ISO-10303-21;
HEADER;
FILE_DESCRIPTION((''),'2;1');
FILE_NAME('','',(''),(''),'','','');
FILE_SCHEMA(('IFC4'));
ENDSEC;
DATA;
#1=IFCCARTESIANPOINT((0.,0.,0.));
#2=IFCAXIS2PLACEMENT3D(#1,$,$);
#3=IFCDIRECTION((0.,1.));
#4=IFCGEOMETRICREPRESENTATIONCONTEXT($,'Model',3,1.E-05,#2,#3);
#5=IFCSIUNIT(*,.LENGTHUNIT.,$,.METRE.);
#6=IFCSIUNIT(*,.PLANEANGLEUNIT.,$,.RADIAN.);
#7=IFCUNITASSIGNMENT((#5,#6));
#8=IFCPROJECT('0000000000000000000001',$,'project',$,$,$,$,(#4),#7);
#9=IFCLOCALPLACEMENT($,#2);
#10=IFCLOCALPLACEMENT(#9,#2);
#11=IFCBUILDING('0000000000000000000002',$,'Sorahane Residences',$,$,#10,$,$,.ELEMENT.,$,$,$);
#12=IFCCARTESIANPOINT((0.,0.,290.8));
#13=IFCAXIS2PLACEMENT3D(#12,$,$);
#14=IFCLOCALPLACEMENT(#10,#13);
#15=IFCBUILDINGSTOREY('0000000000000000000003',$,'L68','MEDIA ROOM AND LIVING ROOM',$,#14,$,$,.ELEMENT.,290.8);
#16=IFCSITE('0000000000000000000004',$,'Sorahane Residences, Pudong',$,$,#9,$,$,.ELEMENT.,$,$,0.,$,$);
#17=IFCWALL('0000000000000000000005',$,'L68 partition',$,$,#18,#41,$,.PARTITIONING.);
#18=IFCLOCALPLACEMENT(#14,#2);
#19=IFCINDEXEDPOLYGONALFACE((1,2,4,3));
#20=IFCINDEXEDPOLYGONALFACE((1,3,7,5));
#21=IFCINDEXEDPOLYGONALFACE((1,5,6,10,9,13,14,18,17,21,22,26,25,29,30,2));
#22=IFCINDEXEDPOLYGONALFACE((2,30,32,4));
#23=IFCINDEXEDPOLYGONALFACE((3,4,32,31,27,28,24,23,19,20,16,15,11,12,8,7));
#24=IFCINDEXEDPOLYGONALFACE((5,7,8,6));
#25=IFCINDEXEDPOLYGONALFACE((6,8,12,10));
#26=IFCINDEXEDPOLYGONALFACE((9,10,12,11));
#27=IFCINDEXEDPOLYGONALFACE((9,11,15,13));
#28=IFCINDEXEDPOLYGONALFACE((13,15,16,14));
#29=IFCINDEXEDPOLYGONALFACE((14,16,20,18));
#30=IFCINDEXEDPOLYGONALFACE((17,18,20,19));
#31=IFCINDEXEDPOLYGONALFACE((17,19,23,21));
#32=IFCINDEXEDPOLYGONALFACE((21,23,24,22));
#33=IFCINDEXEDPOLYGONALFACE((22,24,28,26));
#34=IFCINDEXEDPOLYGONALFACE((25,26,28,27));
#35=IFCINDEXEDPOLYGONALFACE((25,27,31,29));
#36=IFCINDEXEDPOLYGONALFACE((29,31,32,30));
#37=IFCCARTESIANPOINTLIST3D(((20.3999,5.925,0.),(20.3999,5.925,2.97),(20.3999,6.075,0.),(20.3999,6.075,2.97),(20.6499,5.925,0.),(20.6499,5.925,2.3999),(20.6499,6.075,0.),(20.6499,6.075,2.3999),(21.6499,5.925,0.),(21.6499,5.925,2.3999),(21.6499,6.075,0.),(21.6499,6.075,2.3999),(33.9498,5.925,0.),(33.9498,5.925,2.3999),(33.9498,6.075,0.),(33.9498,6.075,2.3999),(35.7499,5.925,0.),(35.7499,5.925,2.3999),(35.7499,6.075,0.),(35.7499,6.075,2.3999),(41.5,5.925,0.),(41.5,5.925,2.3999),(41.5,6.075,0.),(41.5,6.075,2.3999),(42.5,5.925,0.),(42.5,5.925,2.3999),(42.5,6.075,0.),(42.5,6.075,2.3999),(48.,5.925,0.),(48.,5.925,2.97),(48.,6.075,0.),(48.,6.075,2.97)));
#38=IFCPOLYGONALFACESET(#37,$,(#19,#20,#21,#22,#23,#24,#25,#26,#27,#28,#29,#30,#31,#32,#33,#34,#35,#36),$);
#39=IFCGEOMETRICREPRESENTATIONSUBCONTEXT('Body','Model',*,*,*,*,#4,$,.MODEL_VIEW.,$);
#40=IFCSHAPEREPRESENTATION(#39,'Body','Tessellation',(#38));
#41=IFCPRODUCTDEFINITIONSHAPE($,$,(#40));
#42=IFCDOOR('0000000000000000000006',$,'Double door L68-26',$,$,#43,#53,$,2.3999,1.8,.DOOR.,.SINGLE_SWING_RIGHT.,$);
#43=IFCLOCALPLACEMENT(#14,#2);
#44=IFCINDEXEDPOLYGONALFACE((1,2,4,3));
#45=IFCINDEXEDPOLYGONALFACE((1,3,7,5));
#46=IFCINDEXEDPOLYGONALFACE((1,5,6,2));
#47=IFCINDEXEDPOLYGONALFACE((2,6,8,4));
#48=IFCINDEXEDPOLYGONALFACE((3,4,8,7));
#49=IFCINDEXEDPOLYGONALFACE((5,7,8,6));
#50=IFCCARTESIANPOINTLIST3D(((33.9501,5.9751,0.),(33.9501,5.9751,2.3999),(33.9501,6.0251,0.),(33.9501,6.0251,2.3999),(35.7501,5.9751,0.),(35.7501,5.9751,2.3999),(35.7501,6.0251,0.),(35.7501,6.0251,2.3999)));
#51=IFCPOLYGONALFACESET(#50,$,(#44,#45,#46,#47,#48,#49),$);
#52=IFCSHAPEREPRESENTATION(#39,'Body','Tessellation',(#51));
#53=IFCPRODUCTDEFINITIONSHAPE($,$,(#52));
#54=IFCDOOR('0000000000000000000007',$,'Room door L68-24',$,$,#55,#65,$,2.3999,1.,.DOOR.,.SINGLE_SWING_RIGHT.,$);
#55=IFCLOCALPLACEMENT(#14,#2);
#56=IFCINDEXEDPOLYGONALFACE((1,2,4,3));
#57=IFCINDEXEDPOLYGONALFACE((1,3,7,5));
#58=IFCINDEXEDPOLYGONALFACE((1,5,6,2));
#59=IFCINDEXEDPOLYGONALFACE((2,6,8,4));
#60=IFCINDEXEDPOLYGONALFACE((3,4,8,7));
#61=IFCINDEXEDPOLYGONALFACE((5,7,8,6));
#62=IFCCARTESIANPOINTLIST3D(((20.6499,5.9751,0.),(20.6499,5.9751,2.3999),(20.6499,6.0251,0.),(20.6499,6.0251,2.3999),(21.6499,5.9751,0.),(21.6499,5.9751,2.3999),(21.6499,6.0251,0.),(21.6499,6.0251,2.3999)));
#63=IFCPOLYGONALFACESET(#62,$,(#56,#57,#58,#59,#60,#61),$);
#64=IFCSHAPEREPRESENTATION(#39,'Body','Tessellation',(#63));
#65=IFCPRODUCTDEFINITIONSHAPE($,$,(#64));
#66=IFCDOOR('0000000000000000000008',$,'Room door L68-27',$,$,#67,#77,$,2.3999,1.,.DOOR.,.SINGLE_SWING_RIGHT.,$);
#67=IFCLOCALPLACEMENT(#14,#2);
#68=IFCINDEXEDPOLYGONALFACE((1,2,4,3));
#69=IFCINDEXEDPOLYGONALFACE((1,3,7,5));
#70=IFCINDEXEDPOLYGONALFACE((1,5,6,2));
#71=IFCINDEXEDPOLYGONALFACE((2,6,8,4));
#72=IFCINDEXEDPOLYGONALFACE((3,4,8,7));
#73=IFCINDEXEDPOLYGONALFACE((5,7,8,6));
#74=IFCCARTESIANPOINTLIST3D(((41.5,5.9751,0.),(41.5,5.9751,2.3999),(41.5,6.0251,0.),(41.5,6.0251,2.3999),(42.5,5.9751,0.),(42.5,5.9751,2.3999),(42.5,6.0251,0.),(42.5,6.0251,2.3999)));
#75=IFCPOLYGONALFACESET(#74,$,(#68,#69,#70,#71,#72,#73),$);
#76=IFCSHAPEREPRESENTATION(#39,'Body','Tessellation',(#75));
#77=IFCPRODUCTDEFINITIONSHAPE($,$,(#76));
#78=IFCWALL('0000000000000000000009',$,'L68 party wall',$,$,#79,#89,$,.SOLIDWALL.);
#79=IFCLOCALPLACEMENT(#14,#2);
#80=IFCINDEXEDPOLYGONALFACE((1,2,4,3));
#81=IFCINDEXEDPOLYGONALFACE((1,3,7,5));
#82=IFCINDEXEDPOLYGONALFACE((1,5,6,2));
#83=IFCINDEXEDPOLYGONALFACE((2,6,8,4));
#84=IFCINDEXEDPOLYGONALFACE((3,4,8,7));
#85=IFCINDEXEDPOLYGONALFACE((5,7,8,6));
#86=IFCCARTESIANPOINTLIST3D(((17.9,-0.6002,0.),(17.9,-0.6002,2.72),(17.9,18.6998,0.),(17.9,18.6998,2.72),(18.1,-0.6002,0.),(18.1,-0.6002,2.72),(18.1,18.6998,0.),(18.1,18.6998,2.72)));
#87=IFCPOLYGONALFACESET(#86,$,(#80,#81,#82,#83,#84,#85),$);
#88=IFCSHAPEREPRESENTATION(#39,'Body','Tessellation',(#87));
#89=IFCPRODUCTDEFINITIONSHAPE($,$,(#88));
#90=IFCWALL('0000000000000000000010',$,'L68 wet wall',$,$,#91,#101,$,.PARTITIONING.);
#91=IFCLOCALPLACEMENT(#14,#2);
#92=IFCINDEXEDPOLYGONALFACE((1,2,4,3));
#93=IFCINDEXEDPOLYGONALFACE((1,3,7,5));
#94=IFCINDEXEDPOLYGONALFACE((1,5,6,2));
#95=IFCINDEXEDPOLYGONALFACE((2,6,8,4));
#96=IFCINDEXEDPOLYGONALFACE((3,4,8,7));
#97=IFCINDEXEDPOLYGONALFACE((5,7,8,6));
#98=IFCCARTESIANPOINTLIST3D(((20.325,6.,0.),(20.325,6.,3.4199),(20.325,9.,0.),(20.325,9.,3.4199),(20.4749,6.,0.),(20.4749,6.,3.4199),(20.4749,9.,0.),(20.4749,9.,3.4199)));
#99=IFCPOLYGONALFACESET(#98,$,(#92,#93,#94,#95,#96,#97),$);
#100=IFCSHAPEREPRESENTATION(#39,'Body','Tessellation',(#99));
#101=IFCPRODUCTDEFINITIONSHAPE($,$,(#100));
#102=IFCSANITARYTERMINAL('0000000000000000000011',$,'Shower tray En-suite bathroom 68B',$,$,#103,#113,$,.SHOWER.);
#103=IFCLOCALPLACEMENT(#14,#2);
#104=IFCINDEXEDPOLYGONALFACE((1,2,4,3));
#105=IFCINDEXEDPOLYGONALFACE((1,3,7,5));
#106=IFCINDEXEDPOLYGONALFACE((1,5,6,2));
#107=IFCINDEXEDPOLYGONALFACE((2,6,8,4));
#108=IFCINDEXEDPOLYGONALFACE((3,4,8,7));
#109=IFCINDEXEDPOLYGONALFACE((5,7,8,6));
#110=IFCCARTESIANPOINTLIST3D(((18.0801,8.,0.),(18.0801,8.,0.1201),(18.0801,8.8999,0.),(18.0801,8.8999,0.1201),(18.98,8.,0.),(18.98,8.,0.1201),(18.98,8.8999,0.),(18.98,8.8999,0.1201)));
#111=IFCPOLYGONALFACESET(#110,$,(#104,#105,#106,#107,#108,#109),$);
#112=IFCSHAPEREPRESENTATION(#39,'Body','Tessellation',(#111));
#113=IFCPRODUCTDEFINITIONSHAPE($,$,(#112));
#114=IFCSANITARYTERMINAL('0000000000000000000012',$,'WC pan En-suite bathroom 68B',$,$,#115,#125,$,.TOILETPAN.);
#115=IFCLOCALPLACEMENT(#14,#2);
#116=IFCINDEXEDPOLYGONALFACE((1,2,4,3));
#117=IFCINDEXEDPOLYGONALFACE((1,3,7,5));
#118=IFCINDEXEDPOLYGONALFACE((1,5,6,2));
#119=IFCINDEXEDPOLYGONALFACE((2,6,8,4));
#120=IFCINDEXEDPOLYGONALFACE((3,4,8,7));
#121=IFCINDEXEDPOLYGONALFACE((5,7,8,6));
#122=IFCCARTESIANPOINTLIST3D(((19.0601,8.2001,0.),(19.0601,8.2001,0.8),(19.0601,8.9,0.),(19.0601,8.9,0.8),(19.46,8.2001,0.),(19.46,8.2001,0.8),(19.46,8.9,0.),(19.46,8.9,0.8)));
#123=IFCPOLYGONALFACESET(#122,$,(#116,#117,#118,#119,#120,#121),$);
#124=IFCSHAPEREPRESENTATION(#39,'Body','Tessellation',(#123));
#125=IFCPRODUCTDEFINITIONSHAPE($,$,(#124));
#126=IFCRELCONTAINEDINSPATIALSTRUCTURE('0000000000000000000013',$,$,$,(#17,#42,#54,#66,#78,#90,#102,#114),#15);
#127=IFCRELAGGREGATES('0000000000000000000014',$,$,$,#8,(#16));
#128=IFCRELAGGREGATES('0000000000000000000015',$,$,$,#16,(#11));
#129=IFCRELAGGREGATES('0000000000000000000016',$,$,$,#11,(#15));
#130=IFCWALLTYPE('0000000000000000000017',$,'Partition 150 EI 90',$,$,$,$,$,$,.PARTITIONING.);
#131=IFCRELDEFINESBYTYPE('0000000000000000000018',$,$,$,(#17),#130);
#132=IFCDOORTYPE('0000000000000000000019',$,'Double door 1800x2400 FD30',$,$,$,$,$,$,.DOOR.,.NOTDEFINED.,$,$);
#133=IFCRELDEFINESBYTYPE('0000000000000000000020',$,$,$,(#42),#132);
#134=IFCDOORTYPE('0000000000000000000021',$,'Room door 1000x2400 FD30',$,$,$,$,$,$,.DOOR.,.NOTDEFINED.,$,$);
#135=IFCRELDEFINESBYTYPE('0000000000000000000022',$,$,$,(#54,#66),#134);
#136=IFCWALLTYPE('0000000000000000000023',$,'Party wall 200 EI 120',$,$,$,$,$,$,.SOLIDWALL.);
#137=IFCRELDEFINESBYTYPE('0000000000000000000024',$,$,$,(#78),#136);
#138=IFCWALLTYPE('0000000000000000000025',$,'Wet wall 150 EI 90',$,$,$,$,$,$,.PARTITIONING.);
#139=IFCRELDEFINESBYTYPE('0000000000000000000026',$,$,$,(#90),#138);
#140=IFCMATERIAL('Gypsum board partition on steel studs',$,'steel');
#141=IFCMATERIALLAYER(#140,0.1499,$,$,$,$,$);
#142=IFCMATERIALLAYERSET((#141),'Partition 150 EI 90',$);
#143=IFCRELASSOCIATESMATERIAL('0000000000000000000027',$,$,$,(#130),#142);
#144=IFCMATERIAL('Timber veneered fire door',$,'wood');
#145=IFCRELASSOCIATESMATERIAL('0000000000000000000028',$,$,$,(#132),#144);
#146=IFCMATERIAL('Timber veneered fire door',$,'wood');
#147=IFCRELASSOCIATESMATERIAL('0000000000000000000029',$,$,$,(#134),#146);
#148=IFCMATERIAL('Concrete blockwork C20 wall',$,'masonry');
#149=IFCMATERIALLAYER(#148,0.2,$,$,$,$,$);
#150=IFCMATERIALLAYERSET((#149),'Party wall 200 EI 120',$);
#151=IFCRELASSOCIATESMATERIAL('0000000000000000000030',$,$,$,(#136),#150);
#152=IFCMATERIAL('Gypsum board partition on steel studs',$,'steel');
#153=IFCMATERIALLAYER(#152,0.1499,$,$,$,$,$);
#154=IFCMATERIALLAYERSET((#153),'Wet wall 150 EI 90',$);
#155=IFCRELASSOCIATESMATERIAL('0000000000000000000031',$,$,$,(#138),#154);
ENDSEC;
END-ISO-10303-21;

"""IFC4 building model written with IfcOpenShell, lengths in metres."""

from ifc_helpers import new_model, si_unit, direction, frame, frame_2d, origin, origin_2d, place, context, subcontext, project, spatial, rectangle, extrude, material, layer, layer_set, type_object, element, fill, save


model = new_model("IFC4")

# Units and contexts
model_context = context("Model", 3, precision=1e-05, world=origin(), true_north=direction((0.0, 1.0)))
body_context = subcontext(model_context, "Body", "Model", "MODEL_VIEW")
ifc_project = project(units=[si_unit("LENGTHUNIT", "METRE"), si_unit("PLANEANGLEUNIT", "RADIAN")], contexts=[model_context])

# Site, building, storey
site_placement = place(None, origin())
site = spatial("IfcSite", under=ifc_project, at=site_placement, Name="Sorahane Residences, Pudong", CompositionType="ELEMENT", RefElevation=0.0)
building_placement = place(site_placement, origin())
building = spatial("IfcBuilding", under=site, at=building_placement, Name="Sorahane Residences", CompositionType="ELEMENT")
storey_placement = place(building_placement, frame((0.0, 0.0, 290.8)))
storey = spatial("IfcBuildingStorey", under=building, at=storey_placement, Name="L68", Description="MEDIA ROOM AND LIVING ROOM", CompositionType="ELEMENT", Elevation=290.8)

# Shared definitions
ifc_material_1 = material(Name="Gypsum board partition on steel studs", Category="steel")
ifc_layer_1 = layer(ifc_material_1, 0.1499)
ifc_layer_set_1 = layer_set([ifc_layer_1], Name="Partition 150 EI 90")
wall_type_1 = type_object("IfcWallType", Name="Partition 150 EI 90", PredefinedType="PARTITIONING", material=ifc_layer_set_1)

# Wall, openings, doors
wall_1_placement = place(storey_placement, frame((20.3999, 6.0, 0.0), z_axis=(0.0, 0.0, 1.0), x_axis=(1.0, 0.0, 0.0)))
wall_1 = element("IfcWall", 1, at=wall_1_placement, inside=storey, type_object=wall_type_1, Name="L68 partition", PredefinedType="PARTITIONING", context=body_context, shape_type="SweptSolid", body=[
    extrude(rectangle(XDim=27.6001, YDim=0.1499, at=frame_2d((13.8, 0.0))), origin(), (0.0, 0.0, 1.0), 2.97),
])
opening_1_placement = place(wall_1_placement, frame((0.25, 0.0, 0.0)))
opening_1 = element("IfcOpeningElement", 2, at=opening_1_placement, cuts=wall_1, PredefinedType="OPENING", context=body_context, shape_type="SweptSolid", body=[
    extrude(rectangle(XDim=1.0, YDim=2.3999, at=frame_2d((0.5, 1.2))), frame((0.0, 0.085, 0.0), z_axis=(0.0, -1.0, 0.0), x_axis=(1.0, 0.0, 0.0)), (0.0, 0.0, 1.0), 0.1699),
])
opening_2_placement = place(wall_1_placement, frame((13.55, 0.0, 0.0)))
opening_2 = element("IfcOpeningElement", 3, at=opening_2_placement, cuts=wall_1, PredefinedType="OPENING", context=body_context, shape_type="SweptSolid", body=[
    extrude(rectangle(XDim=1.8, YDim=2.3999, at=frame_2d((0.8999, 1.2))), frame((0.0, 0.085, 0.0), z_axis=(0.0, -1.0, 0.0), x_axis=(1.0, 0.0, 0.0)), (0.0, 0.0, 1.0), 0.1699),
])
opening_3_placement = place(wall_1_placement, frame((21.1001, 0.0, 0.0)))
opening_3 = element("IfcOpeningElement", 4, at=opening_3_placement, cuts=wall_1, PredefinedType="OPENING", context=body_context, shape_type="SweptSolid", body=[
    extrude(rectangle(XDim=1.0, YDim=2.3999, at=frame_2d((0.5, 1.2))), frame((0.0, 0.085, 0.0), z_axis=(0.0, -1.0, 0.0), x_axis=(1.0, 0.0, 0.0)), (0.0, 0.0, 1.0), 0.1699),
])
ifc_material_2 = material(Name="Timber veneered fire door", Category="wood")
door_type_1 = type_object("IfcDoorType", Name="Double door 1800x2400 FD30", OperationType="NOTDEFINED", PredefinedType="DOOR", material=ifc_material_2)
door_1_placement = place(opening_2_placement, frame((1.8, 0.0, 0.0), z_axis=(0.0, 0.0, 1.0), x_axis=(-1.0, 0.0, 0.0)))
door_1 = element("IfcDoor", 5, at=door_1_placement, inside=storey, type_object=door_type_1, Name="Double door L68-26", OperationType="SINGLE_SWING_RIGHT", OverallHeight=2.3999, OverallWidth=1.8, PredefinedType="DOOR", context=body_context, shape_type="SweptSolid", body=[
    extrude(rectangle(XDim=1.8, YDim=2.3999, at=frame_2d((0.8999, 1.2))), frame((0.0, 0.0249, 0.0), z_axis=(0.0, -1.0, 0.0), x_axis=(1.0, 0.0, 0.0)), (0.0, 0.0, 1.0), 0.05),
])
fill(opening_2, door_1)
ifc_material_3 = material(Name="Timber veneered fire door", Category="wood")
door_type_2 = type_object("IfcDoorType", Name="Room door 1000x2400 FD30", OperationType="NOTDEFINED", PredefinedType="DOOR", material=ifc_material_3)
door_2_placement = place(opening_1_placement, frame((1.0, 0.0, 0.0), z_axis=(0.0, 0.0, 1.0), x_axis=(-1.0, 0.0, 0.0)))
door_2 = element("IfcDoor", 6, at=door_2_placement, inside=storey, type_object=door_type_2, Name="Room door L68-24", OperationType="SINGLE_SWING_RIGHT", OverallHeight=2.3999, OverallWidth=1.0, PredefinedType="DOOR", context=body_context, shape_type="SweptSolid", body=[
    extrude(rectangle(XDim=1.0, YDim=2.3999, at=frame_2d((0.5, 1.2))), frame((0.0, 0.0249, 0.0), z_axis=(0.0, -1.0, 0.0), x_axis=(1.0, 0.0, 0.0)), (0.0, 0.0, 1.0), 0.05),
])
fill(opening_1, door_2)
door_3_placement = place(opening_3_placement, frame((1.0, 0.0, 0.0), z_axis=(0.0, 0.0, 1.0), x_axis=(-1.0, 0.0, 0.0)))
door_3 = element("IfcDoor", 7, at=door_3_placement, inside=storey, type_object=door_type_2, Name="Room door L68-27", OperationType="SINGLE_SWING_RIGHT", OverallHeight=2.3999, OverallWidth=1.0, PredefinedType="DOOR", context=body_context, shape_type="SweptSolid", body=[
    extrude(rectangle(XDim=1.0, YDim=2.3999, at=frame_2d((0.5, 1.2))), frame((0.0, 0.0249, 0.0), z_axis=(0.0, -1.0, 0.0), x_axis=(1.0, 0.0, 0.0)), (0.0, 0.0, 1.0), 0.05),
])
fill(opening_3, door_3)

# Walls
ifc_material_4 = material(Name="Concrete blockwork C20 wall", Category="masonry")
ifc_layer_2 = layer(ifc_material_4, 0.2)
ifc_layer_set_2 = layer_set([ifc_layer_2], Name="Party wall 200 EI 120")
wall_type_2 = type_object("IfcWallType", Name="Party wall 200 EI 120", PredefinedType="SOLIDWALL", material=ifc_layer_set_2)
wall_2_placement = place(storey_placement, frame((18.0, -0.6001, 0.0), z_axis=(0.0, 0.0, 1.0), x_axis=(0.0, 1.0, 0.0)))
element("IfcWall", 8, at=wall_2_placement, inside=storey, type_object=wall_type_2, Name="L68 party wall", PredefinedType="SOLIDWALL", context=body_context, shape_type="SweptSolid", body=[
    extrude(rectangle(XDim=19.3, YDim=0.2, at=frame_2d((9.6499, 0.0))), origin(), (0.0, 0.0, 1.0), 2.72),
])
ifc_material_5 = material(Name="Gypsum board partition on steel studs", Category="steel")
ifc_layer_3 = layer(ifc_material_5, 0.1499)
ifc_layer_set_3 = layer_set([ifc_layer_3], Name="Wet wall 150 EI 90")
wall_type_3 = type_object("IfcWallType", Name="Wet wall 150 EI 90", PredefinedType="PARTITIONING", material=ifc_layer_set_3)
wall_3_placement = place(storey_placement, frame((20.3999, 6.0, 0.0), z_axis=(0.0, 0.0, 1.0), x_axis=(0.0, 1.0, 0.0)))
element("IfcWall", 9, at=wall_3_placement, inside=storey, type_object=wall_type_3, Name="L68 wet wall", PredefinedType="PARTITIONING", context=body_context, shape_type="SweptSolid", body=[
    extrude(rectangle(XDim=3.0, YDim=0.1499, at=frame_2d((1.5, 0.0))), origin(), (0.0, 0.0, 1.0), 3.4199),
])

# Sanitary terminals
sanitary_terminal_1_placement = place(storey_placement, frame((18.53, 8.45, 0.0), z_axis=(0.0, 0.0, 1.0), x_axis=(1.0, 0.0, 0.0)))
element("IfcSanitaryTerminal", 10, at=sanitary_terminal_1_placement, inside=storey, Name="Shower tray En-suite bathroom 68B", PredefinedType="SHOWER", context=body_context, shape_type="SweptSolid", body=[
    extrude(rectangle(XDim=0.8999, YDim=0.8999, at=origin_2d()), origin(), (0.0, 0.0, 1.0), 0.1201),
])
sanitary_terminal_2_placement = place(storey_placement, frame((19.26, 8.55, 0.0), z_axis=(0.0, 0.0, 1.0), x_axis=(1.0, 0.0, 0.0)))
element("IfcSanitaryTerminal", 11, at=sanitary_terminal_2_placement, inside=storey, Name="WC pan En-suite bathroom 68B", PredefinedType="TOILETPAN", context=body_context, shape_type="SweptSolid", body=[
    extrude(rectangle(XDim=0.3999, YDim=0.7, at=origin_2d()), origin(), (0.0, 0.0, 1.0), 0.8),
])

save(model, "model.ifc")
